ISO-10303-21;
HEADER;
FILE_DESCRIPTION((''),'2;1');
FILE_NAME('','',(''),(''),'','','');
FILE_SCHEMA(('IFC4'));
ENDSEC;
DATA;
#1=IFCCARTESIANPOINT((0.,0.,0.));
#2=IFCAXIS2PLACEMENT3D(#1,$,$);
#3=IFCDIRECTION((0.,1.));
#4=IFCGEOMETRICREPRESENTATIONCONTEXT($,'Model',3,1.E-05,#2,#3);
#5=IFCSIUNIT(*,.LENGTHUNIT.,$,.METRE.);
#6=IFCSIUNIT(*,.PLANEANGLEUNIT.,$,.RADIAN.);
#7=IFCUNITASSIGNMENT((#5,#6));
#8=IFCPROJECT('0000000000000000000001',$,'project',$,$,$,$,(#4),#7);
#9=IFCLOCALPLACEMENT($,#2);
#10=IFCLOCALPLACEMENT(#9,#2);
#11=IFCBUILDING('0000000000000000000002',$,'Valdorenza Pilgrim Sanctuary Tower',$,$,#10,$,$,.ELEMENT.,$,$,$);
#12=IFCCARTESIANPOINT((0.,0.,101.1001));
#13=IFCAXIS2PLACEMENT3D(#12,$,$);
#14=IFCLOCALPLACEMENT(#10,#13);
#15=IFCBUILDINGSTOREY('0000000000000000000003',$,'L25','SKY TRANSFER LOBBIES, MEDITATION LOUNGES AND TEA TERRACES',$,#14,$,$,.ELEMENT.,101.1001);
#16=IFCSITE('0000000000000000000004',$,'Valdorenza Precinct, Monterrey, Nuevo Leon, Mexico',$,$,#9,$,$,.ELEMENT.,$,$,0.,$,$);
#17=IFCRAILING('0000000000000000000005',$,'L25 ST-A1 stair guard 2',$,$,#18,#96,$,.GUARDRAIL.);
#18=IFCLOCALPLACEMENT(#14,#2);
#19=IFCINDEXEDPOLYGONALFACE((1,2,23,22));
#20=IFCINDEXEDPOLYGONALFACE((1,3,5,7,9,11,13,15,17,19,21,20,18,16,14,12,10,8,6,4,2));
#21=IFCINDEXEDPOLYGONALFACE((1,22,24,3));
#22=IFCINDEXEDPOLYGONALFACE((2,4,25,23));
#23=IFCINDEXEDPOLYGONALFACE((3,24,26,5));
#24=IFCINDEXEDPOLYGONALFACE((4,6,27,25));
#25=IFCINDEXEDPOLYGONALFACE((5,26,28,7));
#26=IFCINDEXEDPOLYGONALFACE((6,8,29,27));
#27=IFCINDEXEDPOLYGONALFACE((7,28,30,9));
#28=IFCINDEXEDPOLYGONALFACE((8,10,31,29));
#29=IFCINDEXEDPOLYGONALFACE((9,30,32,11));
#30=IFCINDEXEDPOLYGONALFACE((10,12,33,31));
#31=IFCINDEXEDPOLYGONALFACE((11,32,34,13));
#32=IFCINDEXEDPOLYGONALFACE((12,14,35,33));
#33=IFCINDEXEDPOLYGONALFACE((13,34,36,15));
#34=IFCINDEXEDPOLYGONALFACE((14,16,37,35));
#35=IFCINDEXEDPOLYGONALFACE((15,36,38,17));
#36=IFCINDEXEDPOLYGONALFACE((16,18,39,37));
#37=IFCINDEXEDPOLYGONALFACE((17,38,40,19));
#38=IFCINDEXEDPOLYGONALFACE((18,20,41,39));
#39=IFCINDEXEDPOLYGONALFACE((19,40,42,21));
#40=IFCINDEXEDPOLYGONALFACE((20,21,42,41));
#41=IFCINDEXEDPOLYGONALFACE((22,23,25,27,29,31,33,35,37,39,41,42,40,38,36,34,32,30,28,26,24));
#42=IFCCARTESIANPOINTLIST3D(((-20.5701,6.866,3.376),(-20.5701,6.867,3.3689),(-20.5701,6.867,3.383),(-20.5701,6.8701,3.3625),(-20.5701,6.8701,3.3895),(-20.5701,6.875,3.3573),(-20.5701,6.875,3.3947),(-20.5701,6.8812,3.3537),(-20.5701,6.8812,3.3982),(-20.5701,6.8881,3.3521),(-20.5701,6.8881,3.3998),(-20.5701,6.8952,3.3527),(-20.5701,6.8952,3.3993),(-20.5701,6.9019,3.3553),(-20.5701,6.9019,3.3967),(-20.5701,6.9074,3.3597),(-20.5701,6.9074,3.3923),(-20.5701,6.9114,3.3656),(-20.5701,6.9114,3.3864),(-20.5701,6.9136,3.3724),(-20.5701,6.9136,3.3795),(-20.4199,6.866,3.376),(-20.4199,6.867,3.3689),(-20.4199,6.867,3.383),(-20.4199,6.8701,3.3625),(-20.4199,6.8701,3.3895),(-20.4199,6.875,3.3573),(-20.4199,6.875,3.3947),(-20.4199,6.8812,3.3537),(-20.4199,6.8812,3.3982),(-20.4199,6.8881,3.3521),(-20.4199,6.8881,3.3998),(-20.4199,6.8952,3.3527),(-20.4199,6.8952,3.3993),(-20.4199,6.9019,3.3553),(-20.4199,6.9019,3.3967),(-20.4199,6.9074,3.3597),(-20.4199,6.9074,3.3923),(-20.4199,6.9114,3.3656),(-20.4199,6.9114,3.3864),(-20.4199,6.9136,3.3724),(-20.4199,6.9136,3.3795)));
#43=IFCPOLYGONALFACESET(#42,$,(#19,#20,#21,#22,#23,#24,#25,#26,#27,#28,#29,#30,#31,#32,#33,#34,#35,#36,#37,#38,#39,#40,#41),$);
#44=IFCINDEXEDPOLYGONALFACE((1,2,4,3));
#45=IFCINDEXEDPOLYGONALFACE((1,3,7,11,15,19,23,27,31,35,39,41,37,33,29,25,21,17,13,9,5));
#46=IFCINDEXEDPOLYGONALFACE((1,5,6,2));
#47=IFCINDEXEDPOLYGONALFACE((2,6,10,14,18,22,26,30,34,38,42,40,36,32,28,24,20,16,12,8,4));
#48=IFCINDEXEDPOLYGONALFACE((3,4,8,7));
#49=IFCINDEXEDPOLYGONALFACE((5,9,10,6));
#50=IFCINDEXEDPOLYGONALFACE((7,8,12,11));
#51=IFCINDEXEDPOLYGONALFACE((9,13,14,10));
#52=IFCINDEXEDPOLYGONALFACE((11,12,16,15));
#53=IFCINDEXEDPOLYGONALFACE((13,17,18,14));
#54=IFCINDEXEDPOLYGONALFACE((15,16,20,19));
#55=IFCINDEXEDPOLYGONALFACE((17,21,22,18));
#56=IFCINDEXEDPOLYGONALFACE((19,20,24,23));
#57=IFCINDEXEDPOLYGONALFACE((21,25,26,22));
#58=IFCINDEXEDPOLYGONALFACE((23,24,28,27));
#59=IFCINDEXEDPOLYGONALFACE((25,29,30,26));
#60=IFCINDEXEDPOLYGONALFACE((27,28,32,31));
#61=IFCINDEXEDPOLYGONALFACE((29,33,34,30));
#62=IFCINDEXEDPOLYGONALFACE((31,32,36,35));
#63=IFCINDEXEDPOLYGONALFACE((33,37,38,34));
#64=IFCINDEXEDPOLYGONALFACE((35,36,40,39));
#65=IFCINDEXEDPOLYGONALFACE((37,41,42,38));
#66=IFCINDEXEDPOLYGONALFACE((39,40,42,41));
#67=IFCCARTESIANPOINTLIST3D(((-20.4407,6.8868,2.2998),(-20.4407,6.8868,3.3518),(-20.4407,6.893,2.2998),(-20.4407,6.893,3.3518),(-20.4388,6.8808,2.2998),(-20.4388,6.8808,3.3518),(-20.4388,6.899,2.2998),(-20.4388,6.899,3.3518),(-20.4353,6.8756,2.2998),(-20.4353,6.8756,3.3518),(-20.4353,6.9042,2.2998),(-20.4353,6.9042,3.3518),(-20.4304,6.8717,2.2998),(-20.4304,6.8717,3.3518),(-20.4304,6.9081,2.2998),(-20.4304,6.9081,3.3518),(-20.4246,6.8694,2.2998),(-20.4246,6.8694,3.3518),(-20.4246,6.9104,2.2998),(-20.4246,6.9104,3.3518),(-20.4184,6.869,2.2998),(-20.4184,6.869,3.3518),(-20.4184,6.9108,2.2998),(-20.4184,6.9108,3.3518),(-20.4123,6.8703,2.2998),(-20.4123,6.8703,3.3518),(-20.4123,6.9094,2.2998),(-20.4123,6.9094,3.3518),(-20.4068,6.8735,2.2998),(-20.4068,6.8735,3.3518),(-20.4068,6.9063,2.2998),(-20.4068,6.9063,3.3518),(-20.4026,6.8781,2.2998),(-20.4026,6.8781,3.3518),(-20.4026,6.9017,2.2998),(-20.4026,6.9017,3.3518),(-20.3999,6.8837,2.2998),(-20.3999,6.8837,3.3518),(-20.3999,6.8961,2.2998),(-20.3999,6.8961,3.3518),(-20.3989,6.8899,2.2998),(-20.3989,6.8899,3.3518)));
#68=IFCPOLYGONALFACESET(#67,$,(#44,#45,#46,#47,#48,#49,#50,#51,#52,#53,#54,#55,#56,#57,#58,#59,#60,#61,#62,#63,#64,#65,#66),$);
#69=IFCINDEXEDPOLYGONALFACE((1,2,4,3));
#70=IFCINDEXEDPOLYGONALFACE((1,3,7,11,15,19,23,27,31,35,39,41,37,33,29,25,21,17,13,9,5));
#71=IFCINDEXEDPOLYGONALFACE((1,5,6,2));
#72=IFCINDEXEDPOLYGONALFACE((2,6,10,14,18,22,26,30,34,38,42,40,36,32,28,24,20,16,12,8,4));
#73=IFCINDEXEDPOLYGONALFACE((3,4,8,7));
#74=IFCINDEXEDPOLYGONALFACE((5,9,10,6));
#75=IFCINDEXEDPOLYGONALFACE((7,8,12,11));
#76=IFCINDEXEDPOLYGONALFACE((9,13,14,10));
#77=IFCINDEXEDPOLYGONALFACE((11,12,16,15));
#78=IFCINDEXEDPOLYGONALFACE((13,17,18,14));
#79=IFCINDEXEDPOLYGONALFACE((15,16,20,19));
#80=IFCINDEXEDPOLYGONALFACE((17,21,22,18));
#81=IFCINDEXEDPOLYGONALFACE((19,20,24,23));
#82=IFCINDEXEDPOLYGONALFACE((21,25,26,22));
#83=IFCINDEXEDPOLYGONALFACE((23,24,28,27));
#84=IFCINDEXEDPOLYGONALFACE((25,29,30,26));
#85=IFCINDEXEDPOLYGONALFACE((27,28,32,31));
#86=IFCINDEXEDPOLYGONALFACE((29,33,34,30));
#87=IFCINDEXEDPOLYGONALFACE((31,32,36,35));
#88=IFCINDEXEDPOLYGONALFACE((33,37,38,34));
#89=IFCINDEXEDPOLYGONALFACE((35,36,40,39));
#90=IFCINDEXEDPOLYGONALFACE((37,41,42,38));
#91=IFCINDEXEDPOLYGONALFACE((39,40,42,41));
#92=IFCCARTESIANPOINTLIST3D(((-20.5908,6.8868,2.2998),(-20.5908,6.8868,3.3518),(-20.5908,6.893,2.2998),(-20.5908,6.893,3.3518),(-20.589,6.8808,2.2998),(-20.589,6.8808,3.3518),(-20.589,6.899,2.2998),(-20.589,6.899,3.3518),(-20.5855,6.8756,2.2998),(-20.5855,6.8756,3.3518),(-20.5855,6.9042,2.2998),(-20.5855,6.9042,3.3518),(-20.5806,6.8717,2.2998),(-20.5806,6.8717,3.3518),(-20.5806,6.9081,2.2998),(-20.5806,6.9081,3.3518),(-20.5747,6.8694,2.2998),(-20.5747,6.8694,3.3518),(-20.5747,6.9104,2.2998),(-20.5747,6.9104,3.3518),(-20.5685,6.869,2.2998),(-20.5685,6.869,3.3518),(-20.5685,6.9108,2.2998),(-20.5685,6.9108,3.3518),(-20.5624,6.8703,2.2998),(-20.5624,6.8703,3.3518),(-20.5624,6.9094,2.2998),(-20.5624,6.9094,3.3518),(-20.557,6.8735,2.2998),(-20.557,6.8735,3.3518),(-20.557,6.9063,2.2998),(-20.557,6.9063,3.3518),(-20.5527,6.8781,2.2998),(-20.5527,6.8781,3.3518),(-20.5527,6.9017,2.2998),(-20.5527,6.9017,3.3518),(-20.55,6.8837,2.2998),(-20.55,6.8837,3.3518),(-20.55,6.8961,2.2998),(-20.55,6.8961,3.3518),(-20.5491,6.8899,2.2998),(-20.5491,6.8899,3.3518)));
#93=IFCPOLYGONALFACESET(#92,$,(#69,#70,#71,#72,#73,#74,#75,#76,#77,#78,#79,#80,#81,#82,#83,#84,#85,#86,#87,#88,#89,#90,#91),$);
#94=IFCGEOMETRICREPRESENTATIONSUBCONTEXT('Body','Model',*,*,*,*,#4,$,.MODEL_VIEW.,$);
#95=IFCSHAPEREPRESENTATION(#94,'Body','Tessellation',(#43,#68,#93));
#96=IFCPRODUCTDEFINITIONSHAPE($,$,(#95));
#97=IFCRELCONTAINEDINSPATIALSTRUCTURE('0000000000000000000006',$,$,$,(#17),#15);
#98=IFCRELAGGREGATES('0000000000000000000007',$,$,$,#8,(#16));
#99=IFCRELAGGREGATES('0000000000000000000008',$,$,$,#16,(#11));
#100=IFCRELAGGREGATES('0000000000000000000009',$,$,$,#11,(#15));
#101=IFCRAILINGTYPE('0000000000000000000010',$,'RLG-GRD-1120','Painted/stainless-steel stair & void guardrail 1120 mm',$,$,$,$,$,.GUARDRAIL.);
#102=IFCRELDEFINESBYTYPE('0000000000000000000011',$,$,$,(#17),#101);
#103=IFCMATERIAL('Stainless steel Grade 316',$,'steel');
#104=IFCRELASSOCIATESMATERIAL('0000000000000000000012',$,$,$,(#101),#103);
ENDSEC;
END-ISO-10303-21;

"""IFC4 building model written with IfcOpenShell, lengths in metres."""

from ifc_helpers import new_model, si_unit, direction, frame, origin, origin_2d, place, context, subcontext, project, spatial, circle, extrude, material, type_object, element, save


model = new_model("IFC4")

# Units and contexts
model_context = context("Model", 3, precision=1e-05, world=origin(), true_north=direction((0.0, 1.0)))
body_context = subcontext(model_context, "Body", "Model", "MODEL_VIEW")
ifc_project = project(units=[si_unit("LENGTHUNIT", "METRE"), si_unit("PLANEANGLEUNIT", "RADIAN")], contexts=[model_context])

# Site, building, storey
site_placement = place(None, origin())
site = spatial("IfcSite", under=ifc_project, at=site_placement, Name="Valdorenza Precinct, Monterrey, Nuevo Leon, Mexico", CompositionType="ELEMENT", RefElevation=0.0)
building_placement = place(site_placement, origin())
building = spatial("IfcBuilding", under=site, at=building_placement, Name="Valdorenza Pilgrim Sanctuary Tower", CompositionType="ELEMENT")
storey_placement = place(building_placement, frame((0.0, 0.0, 101.1001)))
storey = spatial("IfcBuildingStorey", under=building, at=storey_placement, Name="L25", Description="SKY TRANSFER LOBBIES, MEDITATION LOUNGES AND TEA TERRACES", CompositionType="ELEMENT", Elevation=101.1001)

# Railing
ifc_material_1 = material(Name="Stainless steel Grade 316", Category="steel")
railing_type_1 = type_object("IfcRailingType", Name="RLG-GRD-1120", Description="Painted/stainless-steel stair & void guardrail 1120 mm", PredefinedType="GUARDRAIL", material=ifc_material_1)
railing_1_placement = place(storey_placement, frame((-20.4199, 6.8899, 2.2998)))
element("IfcRailing", 1, at=railing_1_placement, inside=storey, type_object=railing_type_1, Name="L25 ST-A1 stair guard 2", PredefinedType="GUARDRAIL", context=body_context, shape_type="SweptSolid", body=[
    extrude(circle(Radius=0.0239, at=origin_2d()), frame((0.0, 0.0, 1.0762), z_axis=(-1.0, 0.0, 0.0), x_axis=(0.0, -1.0, 0.0)), (0.0, 0.0, 1.0), 0.1501),
    extrude(circle(Radius=0.021, at=origin_2d()), origin(), (0.0, 0.0, 1.0), 1.052),
    extrude(circle(Radius=0.021, at=origin_2d()), frame((-0.1501, 0.0, 0.0)), (0.0, 0.0, 1.0), 1.052),
])

save(model, "model.ifc")
